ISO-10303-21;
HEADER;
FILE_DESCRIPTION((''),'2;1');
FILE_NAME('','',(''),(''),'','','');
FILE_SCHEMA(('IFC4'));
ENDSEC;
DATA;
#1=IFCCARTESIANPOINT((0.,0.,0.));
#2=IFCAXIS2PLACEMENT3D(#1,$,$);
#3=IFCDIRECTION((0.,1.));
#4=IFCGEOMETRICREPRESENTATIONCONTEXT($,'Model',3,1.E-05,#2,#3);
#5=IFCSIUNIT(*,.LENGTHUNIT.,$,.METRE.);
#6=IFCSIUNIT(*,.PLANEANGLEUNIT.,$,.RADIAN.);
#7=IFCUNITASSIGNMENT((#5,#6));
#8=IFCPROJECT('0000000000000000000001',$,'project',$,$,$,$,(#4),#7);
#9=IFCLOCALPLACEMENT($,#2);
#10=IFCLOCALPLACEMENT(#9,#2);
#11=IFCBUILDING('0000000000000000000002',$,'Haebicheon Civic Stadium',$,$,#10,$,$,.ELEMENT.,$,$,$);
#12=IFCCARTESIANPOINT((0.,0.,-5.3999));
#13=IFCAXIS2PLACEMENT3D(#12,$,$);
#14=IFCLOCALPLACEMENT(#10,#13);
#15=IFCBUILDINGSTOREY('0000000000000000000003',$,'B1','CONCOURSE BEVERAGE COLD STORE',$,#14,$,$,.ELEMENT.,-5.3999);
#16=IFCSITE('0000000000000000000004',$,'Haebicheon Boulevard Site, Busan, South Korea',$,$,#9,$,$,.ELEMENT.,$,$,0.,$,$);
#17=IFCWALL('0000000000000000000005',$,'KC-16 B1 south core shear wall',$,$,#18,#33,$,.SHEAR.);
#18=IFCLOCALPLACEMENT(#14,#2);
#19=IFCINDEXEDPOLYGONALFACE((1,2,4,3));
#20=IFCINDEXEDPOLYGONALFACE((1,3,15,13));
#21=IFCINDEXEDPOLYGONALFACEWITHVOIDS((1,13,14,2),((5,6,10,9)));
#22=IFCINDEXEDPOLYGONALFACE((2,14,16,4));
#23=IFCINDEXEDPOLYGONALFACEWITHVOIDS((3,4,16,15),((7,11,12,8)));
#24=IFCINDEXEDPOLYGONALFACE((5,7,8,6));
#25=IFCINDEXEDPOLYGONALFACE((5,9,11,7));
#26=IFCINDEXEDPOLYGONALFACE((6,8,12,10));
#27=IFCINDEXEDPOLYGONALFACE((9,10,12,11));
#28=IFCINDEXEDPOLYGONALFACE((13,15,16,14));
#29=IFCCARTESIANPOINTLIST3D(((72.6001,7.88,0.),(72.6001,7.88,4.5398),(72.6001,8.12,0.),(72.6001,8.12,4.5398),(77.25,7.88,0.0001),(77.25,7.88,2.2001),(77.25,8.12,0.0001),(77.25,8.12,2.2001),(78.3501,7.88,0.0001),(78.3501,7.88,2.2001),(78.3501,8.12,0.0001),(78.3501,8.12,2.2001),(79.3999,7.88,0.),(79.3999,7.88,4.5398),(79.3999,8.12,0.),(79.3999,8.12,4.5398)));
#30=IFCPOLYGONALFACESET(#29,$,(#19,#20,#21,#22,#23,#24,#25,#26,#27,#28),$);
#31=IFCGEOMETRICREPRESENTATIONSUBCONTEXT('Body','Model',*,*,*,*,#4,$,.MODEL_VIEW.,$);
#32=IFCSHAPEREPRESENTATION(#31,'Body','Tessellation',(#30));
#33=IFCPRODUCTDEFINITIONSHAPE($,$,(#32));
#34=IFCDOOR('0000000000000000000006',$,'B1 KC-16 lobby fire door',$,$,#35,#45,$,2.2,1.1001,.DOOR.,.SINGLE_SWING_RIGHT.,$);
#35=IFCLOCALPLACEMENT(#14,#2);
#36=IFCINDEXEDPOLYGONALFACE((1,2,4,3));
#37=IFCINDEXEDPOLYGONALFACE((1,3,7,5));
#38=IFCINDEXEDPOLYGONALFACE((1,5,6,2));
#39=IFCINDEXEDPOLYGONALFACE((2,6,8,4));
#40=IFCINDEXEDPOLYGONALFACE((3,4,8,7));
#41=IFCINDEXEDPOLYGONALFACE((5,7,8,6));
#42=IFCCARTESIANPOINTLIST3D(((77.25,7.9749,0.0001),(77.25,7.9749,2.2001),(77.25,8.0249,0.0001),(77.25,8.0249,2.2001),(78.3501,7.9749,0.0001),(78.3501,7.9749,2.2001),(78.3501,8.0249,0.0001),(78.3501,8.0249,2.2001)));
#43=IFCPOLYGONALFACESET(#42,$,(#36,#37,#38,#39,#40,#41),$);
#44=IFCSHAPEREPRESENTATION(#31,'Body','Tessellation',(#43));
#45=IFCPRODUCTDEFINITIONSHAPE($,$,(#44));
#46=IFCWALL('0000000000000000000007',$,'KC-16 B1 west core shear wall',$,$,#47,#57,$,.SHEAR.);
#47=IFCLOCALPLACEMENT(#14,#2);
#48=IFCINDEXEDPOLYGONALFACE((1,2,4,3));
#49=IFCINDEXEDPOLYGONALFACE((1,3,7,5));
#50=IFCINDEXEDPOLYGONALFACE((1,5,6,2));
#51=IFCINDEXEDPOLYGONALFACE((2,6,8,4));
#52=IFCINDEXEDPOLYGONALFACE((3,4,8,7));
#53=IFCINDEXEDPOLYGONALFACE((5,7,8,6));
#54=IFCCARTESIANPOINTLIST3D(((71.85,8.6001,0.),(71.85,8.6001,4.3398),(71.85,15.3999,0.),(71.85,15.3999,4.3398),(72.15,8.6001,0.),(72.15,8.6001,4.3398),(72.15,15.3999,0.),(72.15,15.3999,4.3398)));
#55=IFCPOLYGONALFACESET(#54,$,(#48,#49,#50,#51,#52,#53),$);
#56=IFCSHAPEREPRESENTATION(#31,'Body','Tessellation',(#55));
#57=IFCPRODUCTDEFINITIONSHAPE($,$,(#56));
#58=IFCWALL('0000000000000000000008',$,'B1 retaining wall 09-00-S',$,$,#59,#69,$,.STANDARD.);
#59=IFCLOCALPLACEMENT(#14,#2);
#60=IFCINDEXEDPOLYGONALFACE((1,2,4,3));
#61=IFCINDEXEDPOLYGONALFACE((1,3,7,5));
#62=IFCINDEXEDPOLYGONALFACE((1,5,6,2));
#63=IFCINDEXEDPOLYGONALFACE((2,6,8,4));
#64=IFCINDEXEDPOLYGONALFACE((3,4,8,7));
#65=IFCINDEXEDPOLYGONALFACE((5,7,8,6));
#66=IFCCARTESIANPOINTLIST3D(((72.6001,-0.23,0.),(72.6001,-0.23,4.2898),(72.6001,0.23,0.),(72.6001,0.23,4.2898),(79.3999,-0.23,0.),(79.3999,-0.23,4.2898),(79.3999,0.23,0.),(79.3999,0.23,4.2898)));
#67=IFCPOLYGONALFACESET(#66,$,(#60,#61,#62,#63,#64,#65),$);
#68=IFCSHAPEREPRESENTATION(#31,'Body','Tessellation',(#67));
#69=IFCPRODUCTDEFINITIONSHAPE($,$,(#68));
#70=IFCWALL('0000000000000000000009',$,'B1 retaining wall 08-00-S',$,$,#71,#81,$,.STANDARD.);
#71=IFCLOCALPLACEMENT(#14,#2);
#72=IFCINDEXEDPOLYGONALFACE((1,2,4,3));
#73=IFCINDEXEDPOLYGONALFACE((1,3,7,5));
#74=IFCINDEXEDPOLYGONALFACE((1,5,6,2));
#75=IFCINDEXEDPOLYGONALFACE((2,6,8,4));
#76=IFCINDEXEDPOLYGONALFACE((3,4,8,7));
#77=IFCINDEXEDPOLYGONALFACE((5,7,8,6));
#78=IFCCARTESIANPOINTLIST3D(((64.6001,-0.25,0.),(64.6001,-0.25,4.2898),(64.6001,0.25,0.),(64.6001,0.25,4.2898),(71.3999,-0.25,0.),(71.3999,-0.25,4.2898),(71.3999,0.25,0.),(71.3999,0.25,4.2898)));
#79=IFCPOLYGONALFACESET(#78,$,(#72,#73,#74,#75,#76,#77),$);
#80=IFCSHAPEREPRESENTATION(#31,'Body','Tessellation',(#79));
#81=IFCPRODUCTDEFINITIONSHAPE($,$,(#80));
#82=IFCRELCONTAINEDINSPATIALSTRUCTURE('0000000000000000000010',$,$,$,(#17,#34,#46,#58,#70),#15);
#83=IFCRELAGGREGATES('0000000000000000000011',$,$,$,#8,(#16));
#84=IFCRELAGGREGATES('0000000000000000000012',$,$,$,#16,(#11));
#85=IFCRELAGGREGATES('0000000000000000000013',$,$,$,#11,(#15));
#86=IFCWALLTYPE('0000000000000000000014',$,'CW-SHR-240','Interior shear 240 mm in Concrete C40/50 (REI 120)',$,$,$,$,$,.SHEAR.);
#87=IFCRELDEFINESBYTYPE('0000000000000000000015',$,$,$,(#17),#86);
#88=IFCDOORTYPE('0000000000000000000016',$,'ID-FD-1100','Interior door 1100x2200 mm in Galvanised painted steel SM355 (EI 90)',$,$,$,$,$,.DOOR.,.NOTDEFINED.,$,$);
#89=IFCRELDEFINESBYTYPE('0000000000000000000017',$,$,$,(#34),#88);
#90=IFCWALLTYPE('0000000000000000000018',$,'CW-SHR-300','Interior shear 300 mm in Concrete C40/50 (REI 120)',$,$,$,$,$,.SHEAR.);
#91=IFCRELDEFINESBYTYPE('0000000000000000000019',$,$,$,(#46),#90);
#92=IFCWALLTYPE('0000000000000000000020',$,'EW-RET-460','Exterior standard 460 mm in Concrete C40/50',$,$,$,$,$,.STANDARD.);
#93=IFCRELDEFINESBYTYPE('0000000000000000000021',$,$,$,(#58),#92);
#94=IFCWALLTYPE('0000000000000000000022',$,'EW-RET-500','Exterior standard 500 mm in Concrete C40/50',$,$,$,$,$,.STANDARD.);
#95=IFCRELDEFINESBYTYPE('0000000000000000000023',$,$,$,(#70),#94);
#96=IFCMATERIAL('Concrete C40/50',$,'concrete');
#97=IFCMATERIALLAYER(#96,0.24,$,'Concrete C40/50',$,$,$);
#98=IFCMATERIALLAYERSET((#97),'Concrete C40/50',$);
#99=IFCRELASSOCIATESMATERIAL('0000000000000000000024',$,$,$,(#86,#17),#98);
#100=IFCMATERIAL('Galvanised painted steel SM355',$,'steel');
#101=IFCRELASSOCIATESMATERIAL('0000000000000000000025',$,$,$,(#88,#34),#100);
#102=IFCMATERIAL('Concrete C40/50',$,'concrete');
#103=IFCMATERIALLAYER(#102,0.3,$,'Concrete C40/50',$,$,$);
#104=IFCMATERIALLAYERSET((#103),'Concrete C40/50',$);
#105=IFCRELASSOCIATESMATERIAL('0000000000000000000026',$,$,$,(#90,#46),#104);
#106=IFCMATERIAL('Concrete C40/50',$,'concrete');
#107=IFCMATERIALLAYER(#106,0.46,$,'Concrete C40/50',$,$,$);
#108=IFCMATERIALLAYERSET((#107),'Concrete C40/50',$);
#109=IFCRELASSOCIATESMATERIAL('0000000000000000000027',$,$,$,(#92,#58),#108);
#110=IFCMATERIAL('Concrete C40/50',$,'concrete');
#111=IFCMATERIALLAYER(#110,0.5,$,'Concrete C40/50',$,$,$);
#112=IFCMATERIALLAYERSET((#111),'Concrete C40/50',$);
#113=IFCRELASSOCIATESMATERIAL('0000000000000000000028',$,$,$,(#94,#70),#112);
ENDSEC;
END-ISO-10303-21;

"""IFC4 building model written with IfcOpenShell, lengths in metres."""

from ifc_helpers import new_model, si_unit, direction, frame, frame_2d, origin, place, context, subcontext, project, spatial, rectangle, extrude, material, layer, layer_set, type_object, element, fill, save


model = new_model("IFC4")

# Units and contexts
model_context = context("Model", 3, precision=1e-05, world=origin(), true_north=direction((0.0, 1.0)))
body_context = subcontext(model_context, "Body", "Model", "MODEL_VIEW")
ifc_project = project(units=[si_unit("LENGTHUNIT", "METRE"), si_unit("PLANEANGLEUNIT", "RADIAN")], contexts=[model_context])

# Site, building, storey
site_placement = place(None, origin())
site = spatial("IfcSite", under=ifc_project, at=site_placement, Name="Haebicheon Boulevard Site, Busan, South Korea", CompositionType="ELEMENT", RefElevation=0.0)
building_placement = place(site_placement, origin())
building = spatial("IfcBuilding", under=site, at=building_placement, Name="Haebicheon Civic Stadium", CompositionType="ELEMENT")
storey_placement = place(building_placement, frame((0.0, 0.0, -5.3999)))
storey = spatial("IfcBuildingStorey", under=building, at=storey_placement, Name="B1", Description="CONCOURSE BEVERAGE COLD STORE", CompositionType="ELEMENT", Elevation=-5.3999)

# Wall, opening, door
ifc_material_1 = material(Name="Concrete C40/50", Category="concrete")
ifc_layer_1 = layer(ifc_material_1, 0.24, Name="Concrete C40/50")
ifc_layer_set_1 = layer_set([ifc_layer_1], Name="Concrete C40/50")
wall_type_1 = type_object("IfcWallType", Name="CW-SHR-240", Description="Interior shear 240 mm in Concrete C40/50 (REI 120)", PredefinedType="SHEAR", material=ifc_layer_set_1)
wall_1_placement = place(storey_placement, frame((72.6001, 8.0, 0.0), z_axis=(0.0, 0.0, 1.0), x_axis=(1.0, 0.0, 0.0)))
wall_1 = element("IfcWall", 1, at=wall_1_placement, inside=storey, type_object=wall_type_1, material=ifc_layer_set_1, Name="KC-16 B1 south core shear wall", PredefinedType="SHEAR", context=body_context, shape_type="SweptSolid", body=[
    extrude(rectangle(XDim=6.7998, YDim=0.24, at=frame_2d((3.3999, 0.0))), origin(), (0.0, 0.0, 1.0), 4.5398),
])
opening_placement = place(wall_1_placement, frame((4.6499, 0.0, 0.0)))
opening = element("IfcOpeningElement", 2, at=opening_placement, cuts=wall_1, PredefinedType="OPENING", context=body_context, shape_type="SweptSolid", body=[
    extrude(rectangle(XDim=1.1001, YDim=2.2, at=frame_2d((0.55, 1.1001))), frame((0.0, 0.1299, 0.0), z_axis=(0.0, -1.0, 0.0), x_axis=(1.0, 0.0, 0.0)), (0.0, 0.0, 1.0), 0.26),
])
ifc_material_2 = material(Name="Galvanised painted steel SM355", Category="steel")
door_type = type_object("IfcDoorType", Name="ID-FD-1100", Description="Interior door 1100x2200 mm in Galvanised painted steel SM355 (EI 90)", OperationType="NOTDEFINED", PredefinedType="DOOR", material=ifc_material_2)
door_placement = place(opening_placement, origin())
door = element("IfcDoor", 3, at=door_placement, inside=storey, type_object=door_type, material=ifc_material_2, Name="B1 KC-16 lobby fire door", OperationType="SINGLE_SWING_RIGHT", OverallHeight=2.2, OverallWidth=1.1001, PredefinedType="DOOR", context=body_context, shape_type="SweptSolid", body=[
    extrude(rectangle(XDim=1.1001, YDim=2.2, at=frame_2d((0.55, 1.1001))), frame((0.0, 0.0249, 0.0), z_axis=(0.0, -1.0, 0.0), x_axis=(1.0, 0.0, 0.0)), (0.0, 0.0, 1.0), 0.05),
])
fill(opening, door)

# Walls
ifc_material_3 = material(Name="Concrete C40/50", Category="concrete")
ifc_layer_2 = layer(ifc_material_3, 0.3, Name="Concrete C40/50")
ifc_layer_set_2 = layer_set([ifc_layer_2], Name="Concrete C40/50")
wall_type_2 = type_object("IfcWallType", Name="CW-SHR-300", Description="Interior shear 300 mm in Concrete C40/50 (REI 120)", PredefinedType="SHEAR", material=ifc_layer_set_2)
wall_2_placement = place(storey_placement, frame((72.0, 8.6001, 0.0), z_axis=(0.0, 0.0, 1.0), x_axis=(0.0, 1.0, 0.0)))
element("IfcWall", 4, at=wall_2_placement, inside=storey, type_object=wall_type_2, material=ifc_layer_set_2, Name="KC-16 B1 west core shear wall", PredefinedType="SHEAR", context=body_context, shape_type="SweptSolid", body=[
    extrude(rectangle(XDim=6.7998, YDim=0.3, at=frame_2d((3.3999, 0.0))), origin(), (0.0, 0.0, 1.0), 4.3398),
])
ifc_material_4 = material(Name="Concrete C40/50", Category="concrete")
ifc_layer_3 = layer(ifc_material_4, 0.46, Name="Concrete C40/50")
ifc_layer_set_3 = layer_set([ifc_layer_3], Name="Concrete C40/50")
wall_type_3 = type_object("IfcWallType", Name="EW-RET-460", Description="Exterior standard 460 mm in Concrete C40/50", PredefinedType="STANDARD", material=ifc_layer_set_3)
wall_3_placement = place(storey_placement, frame((72.6001, 0.0, 0.0), z_axis=(0.0, 0.0, 1.0), x_axis=(1.0, 0.0, 0.0)))
element("IfcWall", 5, at=wall_3_placement, inside=storey, type_object=wall_type_3, material=ifc_layer_set_3, Name="B1 retaining wall 09-00-S", PredefinedType="STANDARD", context=body_context, shape_type="SweptSolid", body=[
    extrude(rectangle(XDim=6.7998, YDim=0.46, at=frame_2d((3.3999, 0.0))), origin(), (0.0, 0.0, 1.0), 4.2898),
])
ifc_material_5 = material(Name="Concrete C40/50", Category="concrete")
ifc_layer_4 = layer(ifc_material_5, 0.5, Name="Concrete C40/50")
ifc_layer_set_4 = layer_set([ifc_layer_4], Name="Concrete C40/50")
wall_type_4 = type_object("IfcWallType", Name="EW-RET-500", Description="Exterior standard 500 mm in Concrete C40/50", PredefinedType="STANDARD", material=ifc_layer_set_4)
wall_4_placement = place(storey_placement, frame((64.6001, 0.0, 0.0), z_axis=(0.0, 0.0, 1.0), x_axis=(1.0, 0.0, 0.0)))
element("IfcWall", 6, at=wall_4_placement, inside=storey, type_object=wall_type_4, material=ifc_layer_set_4, Name="B1 retaining wall 08-00-S", PredefinedType="STANDARD", context=body_context, shape_type="SweptSolid", body=[
    extrude(rectangle(XDim=6.7998, YDim=0.5, at=frame_2d((3.3999, 0.0))), origin(), (0.0, 0.0, 1.0), 4.2898),
])

save(model, "model.ifc")
